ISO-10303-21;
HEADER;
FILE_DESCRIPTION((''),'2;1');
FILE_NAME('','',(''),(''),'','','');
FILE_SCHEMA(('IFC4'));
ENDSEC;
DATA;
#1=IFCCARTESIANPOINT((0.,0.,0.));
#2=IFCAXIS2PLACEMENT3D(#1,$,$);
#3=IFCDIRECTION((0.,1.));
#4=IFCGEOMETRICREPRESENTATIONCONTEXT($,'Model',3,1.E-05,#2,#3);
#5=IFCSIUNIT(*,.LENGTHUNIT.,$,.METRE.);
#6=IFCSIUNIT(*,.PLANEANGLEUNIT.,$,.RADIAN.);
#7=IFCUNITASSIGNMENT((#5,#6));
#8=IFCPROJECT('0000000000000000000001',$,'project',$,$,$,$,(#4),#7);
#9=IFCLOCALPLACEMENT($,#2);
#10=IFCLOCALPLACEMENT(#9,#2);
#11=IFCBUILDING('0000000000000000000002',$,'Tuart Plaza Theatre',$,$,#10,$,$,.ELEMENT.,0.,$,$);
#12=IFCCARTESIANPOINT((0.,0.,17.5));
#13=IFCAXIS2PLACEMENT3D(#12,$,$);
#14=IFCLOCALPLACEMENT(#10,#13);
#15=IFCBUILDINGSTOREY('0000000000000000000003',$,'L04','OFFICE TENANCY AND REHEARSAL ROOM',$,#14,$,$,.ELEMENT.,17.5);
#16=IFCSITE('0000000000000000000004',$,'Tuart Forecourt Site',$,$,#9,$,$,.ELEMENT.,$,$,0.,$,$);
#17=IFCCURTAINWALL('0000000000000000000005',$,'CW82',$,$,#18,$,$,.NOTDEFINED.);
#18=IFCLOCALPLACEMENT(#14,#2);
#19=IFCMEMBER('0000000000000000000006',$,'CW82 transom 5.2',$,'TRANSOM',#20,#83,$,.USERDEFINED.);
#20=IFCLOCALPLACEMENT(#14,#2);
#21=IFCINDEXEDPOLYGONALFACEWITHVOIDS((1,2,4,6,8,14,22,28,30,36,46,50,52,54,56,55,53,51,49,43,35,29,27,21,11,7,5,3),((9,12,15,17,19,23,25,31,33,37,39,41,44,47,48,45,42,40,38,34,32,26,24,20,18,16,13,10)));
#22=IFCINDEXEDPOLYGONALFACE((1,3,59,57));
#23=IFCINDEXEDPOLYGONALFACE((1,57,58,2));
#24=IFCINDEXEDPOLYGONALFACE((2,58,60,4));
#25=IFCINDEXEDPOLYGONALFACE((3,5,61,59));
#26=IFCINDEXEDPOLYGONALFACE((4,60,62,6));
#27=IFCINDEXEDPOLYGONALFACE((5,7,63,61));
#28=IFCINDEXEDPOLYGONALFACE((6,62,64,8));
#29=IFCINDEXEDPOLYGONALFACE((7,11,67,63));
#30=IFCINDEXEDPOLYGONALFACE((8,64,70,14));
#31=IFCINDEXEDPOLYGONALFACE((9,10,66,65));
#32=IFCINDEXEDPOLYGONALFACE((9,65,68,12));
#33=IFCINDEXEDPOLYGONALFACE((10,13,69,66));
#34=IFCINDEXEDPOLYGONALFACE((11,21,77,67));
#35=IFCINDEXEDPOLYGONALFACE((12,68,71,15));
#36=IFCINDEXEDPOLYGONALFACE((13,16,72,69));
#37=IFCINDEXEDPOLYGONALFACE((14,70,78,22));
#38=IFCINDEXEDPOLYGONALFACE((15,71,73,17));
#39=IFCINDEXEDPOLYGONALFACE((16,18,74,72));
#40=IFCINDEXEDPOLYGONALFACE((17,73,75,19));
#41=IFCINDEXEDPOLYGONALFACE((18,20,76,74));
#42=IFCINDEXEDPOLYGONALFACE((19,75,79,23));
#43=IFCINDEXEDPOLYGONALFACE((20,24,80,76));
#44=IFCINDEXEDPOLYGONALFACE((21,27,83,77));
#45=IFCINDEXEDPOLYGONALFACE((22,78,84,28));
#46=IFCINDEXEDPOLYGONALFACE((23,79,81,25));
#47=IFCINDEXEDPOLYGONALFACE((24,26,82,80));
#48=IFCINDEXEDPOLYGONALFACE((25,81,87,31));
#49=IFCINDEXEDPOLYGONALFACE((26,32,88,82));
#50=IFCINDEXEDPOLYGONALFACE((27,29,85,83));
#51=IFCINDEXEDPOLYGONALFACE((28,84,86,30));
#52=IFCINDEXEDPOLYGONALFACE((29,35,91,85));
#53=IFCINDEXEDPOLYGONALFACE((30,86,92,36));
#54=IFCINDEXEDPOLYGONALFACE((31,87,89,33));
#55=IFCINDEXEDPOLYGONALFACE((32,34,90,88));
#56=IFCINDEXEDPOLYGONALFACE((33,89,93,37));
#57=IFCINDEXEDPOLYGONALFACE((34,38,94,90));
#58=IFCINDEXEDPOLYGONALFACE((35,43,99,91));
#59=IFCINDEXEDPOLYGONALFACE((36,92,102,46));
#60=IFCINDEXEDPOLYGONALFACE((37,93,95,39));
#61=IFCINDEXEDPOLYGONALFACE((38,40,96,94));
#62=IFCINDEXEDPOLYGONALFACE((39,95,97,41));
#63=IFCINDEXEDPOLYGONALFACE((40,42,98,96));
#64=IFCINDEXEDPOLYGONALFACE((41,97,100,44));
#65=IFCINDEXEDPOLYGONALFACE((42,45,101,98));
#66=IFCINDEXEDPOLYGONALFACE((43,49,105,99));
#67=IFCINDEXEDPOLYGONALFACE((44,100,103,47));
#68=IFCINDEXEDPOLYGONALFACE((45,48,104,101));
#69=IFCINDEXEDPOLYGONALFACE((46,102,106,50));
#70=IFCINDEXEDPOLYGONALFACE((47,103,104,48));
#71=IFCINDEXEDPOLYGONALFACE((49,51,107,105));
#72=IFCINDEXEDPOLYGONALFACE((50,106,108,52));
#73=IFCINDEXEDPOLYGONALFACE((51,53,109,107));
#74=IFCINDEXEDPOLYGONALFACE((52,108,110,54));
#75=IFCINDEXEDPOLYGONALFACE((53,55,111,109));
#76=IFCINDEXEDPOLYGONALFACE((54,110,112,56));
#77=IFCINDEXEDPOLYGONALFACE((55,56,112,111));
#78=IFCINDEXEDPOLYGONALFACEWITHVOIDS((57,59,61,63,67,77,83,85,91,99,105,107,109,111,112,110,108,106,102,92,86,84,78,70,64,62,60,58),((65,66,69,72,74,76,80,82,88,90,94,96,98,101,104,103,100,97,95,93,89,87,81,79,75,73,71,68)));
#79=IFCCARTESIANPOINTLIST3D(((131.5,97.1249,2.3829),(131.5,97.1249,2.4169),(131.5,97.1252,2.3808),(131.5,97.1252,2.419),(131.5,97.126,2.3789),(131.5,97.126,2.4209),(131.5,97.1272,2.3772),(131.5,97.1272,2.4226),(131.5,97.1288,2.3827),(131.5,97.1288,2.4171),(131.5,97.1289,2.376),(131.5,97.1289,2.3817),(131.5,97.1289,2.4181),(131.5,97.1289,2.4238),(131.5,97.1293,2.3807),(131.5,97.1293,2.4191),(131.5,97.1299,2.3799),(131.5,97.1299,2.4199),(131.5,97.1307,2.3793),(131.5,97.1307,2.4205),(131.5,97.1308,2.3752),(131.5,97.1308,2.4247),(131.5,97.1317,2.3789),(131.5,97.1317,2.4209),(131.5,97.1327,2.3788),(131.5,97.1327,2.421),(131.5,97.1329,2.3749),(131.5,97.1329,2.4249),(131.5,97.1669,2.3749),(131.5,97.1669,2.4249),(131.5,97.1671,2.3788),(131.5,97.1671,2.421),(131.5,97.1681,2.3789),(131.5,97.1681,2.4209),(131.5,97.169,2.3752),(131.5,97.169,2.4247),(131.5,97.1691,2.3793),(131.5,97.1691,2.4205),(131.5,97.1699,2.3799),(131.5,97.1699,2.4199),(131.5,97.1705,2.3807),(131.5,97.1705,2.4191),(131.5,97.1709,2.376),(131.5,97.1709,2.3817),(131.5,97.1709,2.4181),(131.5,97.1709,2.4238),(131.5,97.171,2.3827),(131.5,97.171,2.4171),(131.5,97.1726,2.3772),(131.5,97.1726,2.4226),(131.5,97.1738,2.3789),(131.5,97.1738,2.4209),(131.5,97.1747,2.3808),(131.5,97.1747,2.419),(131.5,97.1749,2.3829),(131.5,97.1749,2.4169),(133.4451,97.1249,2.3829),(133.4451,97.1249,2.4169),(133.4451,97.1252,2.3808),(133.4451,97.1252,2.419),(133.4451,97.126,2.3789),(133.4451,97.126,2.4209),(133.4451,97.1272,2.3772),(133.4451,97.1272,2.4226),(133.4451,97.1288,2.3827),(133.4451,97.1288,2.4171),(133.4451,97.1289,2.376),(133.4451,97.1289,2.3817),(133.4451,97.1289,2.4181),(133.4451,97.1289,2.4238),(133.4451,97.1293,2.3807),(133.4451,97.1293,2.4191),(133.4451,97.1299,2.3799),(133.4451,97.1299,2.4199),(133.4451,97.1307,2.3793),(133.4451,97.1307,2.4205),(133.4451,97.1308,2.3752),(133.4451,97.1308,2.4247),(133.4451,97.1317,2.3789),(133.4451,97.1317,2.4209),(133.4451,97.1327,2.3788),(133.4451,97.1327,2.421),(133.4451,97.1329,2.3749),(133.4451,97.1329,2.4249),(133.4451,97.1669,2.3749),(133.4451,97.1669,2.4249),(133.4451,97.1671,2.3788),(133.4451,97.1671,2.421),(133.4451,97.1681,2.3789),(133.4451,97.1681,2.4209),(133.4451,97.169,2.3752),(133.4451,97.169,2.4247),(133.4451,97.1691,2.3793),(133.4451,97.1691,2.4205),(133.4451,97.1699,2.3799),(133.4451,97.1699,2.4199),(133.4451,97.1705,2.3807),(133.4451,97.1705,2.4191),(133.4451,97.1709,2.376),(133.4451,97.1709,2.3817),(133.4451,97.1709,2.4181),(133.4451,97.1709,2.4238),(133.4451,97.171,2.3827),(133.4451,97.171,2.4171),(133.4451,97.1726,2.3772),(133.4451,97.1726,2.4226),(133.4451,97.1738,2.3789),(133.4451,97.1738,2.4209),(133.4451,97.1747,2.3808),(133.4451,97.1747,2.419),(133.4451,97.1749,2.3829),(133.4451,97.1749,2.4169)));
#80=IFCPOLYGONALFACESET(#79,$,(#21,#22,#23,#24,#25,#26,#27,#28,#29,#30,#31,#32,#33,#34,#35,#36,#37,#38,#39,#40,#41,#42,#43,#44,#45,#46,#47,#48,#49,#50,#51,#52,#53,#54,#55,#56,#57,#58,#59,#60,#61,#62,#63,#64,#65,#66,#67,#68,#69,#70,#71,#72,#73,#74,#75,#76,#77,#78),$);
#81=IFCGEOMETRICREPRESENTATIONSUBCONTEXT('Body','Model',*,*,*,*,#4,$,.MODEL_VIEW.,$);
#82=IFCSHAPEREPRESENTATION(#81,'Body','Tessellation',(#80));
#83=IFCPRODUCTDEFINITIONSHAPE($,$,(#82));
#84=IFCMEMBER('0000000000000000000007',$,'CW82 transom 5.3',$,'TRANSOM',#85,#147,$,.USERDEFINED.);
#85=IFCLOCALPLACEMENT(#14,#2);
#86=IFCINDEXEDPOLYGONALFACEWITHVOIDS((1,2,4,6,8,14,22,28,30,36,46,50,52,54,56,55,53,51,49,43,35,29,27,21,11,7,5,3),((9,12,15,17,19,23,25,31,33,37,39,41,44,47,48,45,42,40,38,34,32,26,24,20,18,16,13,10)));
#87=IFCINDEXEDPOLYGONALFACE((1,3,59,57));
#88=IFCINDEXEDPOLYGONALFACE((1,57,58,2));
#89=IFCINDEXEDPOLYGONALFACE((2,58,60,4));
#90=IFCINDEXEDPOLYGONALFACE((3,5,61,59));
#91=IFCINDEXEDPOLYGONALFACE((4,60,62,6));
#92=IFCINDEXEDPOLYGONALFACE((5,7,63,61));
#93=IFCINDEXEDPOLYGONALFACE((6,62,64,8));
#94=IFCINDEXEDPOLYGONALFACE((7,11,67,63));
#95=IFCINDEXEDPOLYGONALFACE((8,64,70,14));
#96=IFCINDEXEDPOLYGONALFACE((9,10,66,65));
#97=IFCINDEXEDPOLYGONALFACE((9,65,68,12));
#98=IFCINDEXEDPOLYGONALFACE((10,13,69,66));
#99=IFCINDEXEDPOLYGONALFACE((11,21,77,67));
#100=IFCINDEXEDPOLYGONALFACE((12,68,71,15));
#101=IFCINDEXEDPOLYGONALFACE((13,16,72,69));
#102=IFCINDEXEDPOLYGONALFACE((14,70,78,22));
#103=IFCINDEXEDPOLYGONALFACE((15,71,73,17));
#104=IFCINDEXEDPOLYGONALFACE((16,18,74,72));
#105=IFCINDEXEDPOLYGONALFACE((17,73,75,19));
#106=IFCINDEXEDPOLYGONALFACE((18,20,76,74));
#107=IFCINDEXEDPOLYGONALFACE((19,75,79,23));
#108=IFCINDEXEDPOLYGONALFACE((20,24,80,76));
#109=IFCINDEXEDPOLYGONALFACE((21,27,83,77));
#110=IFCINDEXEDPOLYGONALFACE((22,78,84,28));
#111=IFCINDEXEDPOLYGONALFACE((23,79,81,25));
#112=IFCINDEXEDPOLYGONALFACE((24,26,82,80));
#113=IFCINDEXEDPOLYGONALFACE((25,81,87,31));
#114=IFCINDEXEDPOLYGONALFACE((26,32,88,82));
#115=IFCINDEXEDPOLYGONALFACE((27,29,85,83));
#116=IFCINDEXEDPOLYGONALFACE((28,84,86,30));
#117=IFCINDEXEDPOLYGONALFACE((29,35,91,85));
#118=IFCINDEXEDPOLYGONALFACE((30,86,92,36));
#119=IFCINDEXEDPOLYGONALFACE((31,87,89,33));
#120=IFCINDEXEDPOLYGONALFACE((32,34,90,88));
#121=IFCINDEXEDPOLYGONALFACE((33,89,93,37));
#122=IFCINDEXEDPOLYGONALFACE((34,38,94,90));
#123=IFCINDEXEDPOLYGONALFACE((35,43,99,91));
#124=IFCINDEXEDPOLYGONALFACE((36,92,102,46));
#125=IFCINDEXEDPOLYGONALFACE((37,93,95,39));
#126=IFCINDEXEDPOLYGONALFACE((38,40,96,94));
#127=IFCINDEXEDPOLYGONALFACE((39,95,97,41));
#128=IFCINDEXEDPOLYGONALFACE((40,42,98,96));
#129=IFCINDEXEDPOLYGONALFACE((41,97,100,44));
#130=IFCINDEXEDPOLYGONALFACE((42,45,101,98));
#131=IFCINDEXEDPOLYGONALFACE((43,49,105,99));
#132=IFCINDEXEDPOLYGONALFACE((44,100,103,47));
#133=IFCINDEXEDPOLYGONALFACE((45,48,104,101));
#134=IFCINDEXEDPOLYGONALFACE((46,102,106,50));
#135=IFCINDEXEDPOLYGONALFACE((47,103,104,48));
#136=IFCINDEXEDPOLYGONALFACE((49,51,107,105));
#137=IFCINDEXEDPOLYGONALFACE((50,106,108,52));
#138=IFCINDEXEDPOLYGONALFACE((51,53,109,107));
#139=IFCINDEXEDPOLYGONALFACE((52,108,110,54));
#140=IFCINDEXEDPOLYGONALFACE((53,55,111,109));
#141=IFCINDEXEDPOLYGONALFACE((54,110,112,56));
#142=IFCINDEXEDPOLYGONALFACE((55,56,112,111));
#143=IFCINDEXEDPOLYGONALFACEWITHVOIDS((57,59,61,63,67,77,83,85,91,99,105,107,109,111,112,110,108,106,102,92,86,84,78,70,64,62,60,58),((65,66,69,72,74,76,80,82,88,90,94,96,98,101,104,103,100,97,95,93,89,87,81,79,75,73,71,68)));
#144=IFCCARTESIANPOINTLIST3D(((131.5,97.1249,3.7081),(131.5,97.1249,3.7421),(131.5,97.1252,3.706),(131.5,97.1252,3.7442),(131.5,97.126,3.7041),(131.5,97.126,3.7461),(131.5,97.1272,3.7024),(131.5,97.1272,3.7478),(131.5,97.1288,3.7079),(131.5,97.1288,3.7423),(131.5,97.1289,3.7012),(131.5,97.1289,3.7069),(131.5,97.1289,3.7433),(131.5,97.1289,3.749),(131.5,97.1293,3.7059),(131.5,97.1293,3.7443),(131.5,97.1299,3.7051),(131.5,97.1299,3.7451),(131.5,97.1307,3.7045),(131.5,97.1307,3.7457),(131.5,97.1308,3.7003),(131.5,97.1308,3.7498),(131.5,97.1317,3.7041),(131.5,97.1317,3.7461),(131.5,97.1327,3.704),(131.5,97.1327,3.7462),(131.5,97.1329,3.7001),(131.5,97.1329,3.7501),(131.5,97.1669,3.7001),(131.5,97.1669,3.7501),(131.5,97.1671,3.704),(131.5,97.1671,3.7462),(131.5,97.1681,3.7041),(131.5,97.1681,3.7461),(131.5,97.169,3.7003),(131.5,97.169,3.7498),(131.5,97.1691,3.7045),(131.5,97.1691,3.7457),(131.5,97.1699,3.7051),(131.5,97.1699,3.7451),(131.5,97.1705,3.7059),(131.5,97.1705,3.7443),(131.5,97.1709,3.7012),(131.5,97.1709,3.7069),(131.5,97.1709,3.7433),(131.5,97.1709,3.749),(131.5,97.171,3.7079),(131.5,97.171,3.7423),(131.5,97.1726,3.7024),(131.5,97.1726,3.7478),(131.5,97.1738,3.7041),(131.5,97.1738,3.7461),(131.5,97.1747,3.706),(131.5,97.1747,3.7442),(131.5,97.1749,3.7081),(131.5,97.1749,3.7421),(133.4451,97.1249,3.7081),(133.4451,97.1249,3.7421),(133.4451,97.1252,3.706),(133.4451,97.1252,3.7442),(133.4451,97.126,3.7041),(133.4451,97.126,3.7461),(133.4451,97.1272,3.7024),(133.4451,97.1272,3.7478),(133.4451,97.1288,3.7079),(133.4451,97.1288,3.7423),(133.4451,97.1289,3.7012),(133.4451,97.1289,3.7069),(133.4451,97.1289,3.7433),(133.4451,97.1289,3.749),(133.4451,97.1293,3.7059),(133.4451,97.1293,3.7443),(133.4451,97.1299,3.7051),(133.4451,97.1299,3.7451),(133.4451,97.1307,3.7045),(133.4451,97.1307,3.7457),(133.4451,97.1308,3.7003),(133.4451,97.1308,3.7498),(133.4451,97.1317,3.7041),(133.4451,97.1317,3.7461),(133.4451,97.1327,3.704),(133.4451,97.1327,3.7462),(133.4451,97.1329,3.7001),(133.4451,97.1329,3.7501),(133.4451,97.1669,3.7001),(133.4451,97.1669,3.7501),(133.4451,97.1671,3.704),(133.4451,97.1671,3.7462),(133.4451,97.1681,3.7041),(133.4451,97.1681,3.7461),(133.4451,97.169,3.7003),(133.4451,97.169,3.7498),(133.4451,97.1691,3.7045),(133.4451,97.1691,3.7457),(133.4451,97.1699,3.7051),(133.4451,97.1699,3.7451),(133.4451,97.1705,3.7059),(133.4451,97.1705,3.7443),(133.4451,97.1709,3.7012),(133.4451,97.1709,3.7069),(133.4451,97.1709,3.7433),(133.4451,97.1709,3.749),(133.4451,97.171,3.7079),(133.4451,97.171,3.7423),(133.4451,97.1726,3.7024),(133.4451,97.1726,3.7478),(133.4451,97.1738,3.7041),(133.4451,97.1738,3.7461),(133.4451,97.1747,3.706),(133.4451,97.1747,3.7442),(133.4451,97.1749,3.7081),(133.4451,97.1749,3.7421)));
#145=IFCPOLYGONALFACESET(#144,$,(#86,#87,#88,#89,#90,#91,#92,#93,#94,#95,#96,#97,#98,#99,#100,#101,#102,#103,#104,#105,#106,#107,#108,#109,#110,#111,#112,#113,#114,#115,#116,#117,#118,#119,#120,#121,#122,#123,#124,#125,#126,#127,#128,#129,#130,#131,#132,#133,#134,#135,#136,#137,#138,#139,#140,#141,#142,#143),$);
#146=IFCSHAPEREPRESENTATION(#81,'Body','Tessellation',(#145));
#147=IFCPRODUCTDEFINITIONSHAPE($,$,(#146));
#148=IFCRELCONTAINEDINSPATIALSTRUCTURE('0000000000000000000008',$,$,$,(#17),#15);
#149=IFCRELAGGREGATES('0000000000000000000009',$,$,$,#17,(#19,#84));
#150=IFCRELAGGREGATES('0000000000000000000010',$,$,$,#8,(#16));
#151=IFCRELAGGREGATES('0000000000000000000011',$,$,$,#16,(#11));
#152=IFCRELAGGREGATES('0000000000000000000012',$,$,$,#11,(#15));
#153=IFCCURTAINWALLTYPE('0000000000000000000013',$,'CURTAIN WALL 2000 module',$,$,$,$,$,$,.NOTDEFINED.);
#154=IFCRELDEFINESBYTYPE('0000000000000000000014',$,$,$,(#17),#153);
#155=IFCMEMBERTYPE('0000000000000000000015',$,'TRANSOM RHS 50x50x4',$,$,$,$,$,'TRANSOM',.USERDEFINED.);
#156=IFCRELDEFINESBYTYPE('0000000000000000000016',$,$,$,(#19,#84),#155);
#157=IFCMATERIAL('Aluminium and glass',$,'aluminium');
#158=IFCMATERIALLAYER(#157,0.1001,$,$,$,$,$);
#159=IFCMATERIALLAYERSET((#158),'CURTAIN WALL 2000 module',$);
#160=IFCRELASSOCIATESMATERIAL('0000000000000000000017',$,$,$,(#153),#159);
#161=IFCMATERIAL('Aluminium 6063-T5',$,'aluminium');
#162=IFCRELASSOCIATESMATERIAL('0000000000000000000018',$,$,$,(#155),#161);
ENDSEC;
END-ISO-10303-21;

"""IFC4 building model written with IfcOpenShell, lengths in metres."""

from ifc_helpers import new_model, si_unit, direction, frame, origin, origin_2d, place, context, subcontext, project, spatial, hollow_rectangle, extrude, material, layer, layer_set, material_profile, profile_set, type_object, element, aggregate, save


model = new_model("IFC4")

# Units and contexts
model_context = context("Model", 3, precision=1e-05, world=origin(), true_north=direction((0.0, 1.0)))
body_context = subcontext(model_context, "Body", "Model", "MODEL_VIEW")
ifc_project = project(units=[si_unit("LENGTHUNIT", "METRE"), si_unit("PLANEANGLEUNIT", "RADIAN")], contexts=[model_context])

# Site, building, storey
site_placement = place(None, origin())
site = spatial("IfcSite", under=ifc_project, at=site_placement, Name="Tuart Forecourt Site", CompositionType="ELEMENT", RefElevation=0.0)
building_placement = place(site_placement, origin())
building = spatial("IfcBuilding", under=site, at=building_placement, Name="Tuart Plaza Theatre", CompositionType="ELEMENT", ElevationOfRefHeight=0.0)
storey_placement = place(building_placement, frame((0.0, 0.0, 17.5)))
storey = spatial("IfcBuildingStorey", under=building, at=storey_placement, Name="L04", Description="OFFICE TENANCY AND REHEARSAL ROOM", CompositionType="ELEMENT", Elevation=17.5)

# Curtain wall
ifc_material_1 = material(Name="Aluminium and glass", Category="aluminium")
ifc_layer_1 = layer(ifc_material_1, 0.1001)
ifc_layer_set_1 = layer_set([ifc_layer_1], Name="CURTAIN WALL 2000 module")
curtain_wall_type_1 = type_object("IfcCurtainWallType", Name="CURTAIN WALL 2000 module", PredefinedType="NOTDEFINED", material=ifc_layer_set_1)
curtain_wall_1_placement = place(storey_placement, origin())
curtain_wall_1 = element("IfcCurtainWall", 1, at=curtain_wall_1_placement, inside=storey, type_object=curtain_wall_type_1, Name="CW82", PredefinedType="NOTDEFINED")

# Members
ifc_material_2 = material(Name="Aluminium 6063-T5", Category="aluminium")
ifc_material_profile_1 = material_profile(ifc_material_2, hollow_rectangle(XDim=0.05, YDim=0.05, WallThickness=0.0039, InnerFilletRadius=0.0039, OuterFilletRadius=0.0081, at=origin_2d()), Name="RHS 50x50x4")
ifc_profile_set_1 = profile_set([ifc_material_profile_1], Name="Aluminium 6063-T5")
member_type_1 = type_object("IfcMemberType", Name="TRANSOM RHS 50x50x4", ElementType="TRANSOM", PredefinedType="USERDEFINED", material=ifc_profile_set_1)
member_1_placement = place(storey_placement, frame((133.4451, 97.1499, 2.3999), z_axis=(-1.0, 0.0, 0.0), x_axis=(0.0, -1.0, 0.0)))
member_1 = element("IfcMember", 2, at=member_1_placement, type_object=member_type_1, Name="CW82 transom 5.2", ObjectType="TRANSOM", PredefinedType="USERDEFINED", context=body_context, shape_type="SweptSolid", body=[
    extrude(hollow_rectangle(XDim=0.05, YDim=0.05, WallThickness=0.0039, InnerFilletRadius=0.0039, OuterFilletRadius=0.0081, at=origin_2d()), origin(), (0.0, 0.0, 1.0), 1.9451),
])
member_2_placement = place(storey_placement, frame((133.4451, 97.1499, 3.7251), z_axis=(-1.0, 0.0, 0.0), x_axis=(0.0, -1.0, 0.0)))
member_2 = element("IfcMember", 3, at=member_2_placement, type_object=member_type_1, Name="CW82 transom 5.3", ObjectType="TRANSOM", PredefinedType="USERDEFINED", context=body_context, shape_type="SweptSolid", body=[
    extrude(hollow_rectangle(XDim=0.05, YDim=0.05, WallThickness=0.0039, InnerFilletRadius=0.0039, OuterFilletRadius=0.0081, at=origin_2d()), origin(), (0.0, 0.0, 1.0), 1.9451),
])

aggregate(curtain_wall_1, [member_1, member_2])

save(model, "model.ifc")
